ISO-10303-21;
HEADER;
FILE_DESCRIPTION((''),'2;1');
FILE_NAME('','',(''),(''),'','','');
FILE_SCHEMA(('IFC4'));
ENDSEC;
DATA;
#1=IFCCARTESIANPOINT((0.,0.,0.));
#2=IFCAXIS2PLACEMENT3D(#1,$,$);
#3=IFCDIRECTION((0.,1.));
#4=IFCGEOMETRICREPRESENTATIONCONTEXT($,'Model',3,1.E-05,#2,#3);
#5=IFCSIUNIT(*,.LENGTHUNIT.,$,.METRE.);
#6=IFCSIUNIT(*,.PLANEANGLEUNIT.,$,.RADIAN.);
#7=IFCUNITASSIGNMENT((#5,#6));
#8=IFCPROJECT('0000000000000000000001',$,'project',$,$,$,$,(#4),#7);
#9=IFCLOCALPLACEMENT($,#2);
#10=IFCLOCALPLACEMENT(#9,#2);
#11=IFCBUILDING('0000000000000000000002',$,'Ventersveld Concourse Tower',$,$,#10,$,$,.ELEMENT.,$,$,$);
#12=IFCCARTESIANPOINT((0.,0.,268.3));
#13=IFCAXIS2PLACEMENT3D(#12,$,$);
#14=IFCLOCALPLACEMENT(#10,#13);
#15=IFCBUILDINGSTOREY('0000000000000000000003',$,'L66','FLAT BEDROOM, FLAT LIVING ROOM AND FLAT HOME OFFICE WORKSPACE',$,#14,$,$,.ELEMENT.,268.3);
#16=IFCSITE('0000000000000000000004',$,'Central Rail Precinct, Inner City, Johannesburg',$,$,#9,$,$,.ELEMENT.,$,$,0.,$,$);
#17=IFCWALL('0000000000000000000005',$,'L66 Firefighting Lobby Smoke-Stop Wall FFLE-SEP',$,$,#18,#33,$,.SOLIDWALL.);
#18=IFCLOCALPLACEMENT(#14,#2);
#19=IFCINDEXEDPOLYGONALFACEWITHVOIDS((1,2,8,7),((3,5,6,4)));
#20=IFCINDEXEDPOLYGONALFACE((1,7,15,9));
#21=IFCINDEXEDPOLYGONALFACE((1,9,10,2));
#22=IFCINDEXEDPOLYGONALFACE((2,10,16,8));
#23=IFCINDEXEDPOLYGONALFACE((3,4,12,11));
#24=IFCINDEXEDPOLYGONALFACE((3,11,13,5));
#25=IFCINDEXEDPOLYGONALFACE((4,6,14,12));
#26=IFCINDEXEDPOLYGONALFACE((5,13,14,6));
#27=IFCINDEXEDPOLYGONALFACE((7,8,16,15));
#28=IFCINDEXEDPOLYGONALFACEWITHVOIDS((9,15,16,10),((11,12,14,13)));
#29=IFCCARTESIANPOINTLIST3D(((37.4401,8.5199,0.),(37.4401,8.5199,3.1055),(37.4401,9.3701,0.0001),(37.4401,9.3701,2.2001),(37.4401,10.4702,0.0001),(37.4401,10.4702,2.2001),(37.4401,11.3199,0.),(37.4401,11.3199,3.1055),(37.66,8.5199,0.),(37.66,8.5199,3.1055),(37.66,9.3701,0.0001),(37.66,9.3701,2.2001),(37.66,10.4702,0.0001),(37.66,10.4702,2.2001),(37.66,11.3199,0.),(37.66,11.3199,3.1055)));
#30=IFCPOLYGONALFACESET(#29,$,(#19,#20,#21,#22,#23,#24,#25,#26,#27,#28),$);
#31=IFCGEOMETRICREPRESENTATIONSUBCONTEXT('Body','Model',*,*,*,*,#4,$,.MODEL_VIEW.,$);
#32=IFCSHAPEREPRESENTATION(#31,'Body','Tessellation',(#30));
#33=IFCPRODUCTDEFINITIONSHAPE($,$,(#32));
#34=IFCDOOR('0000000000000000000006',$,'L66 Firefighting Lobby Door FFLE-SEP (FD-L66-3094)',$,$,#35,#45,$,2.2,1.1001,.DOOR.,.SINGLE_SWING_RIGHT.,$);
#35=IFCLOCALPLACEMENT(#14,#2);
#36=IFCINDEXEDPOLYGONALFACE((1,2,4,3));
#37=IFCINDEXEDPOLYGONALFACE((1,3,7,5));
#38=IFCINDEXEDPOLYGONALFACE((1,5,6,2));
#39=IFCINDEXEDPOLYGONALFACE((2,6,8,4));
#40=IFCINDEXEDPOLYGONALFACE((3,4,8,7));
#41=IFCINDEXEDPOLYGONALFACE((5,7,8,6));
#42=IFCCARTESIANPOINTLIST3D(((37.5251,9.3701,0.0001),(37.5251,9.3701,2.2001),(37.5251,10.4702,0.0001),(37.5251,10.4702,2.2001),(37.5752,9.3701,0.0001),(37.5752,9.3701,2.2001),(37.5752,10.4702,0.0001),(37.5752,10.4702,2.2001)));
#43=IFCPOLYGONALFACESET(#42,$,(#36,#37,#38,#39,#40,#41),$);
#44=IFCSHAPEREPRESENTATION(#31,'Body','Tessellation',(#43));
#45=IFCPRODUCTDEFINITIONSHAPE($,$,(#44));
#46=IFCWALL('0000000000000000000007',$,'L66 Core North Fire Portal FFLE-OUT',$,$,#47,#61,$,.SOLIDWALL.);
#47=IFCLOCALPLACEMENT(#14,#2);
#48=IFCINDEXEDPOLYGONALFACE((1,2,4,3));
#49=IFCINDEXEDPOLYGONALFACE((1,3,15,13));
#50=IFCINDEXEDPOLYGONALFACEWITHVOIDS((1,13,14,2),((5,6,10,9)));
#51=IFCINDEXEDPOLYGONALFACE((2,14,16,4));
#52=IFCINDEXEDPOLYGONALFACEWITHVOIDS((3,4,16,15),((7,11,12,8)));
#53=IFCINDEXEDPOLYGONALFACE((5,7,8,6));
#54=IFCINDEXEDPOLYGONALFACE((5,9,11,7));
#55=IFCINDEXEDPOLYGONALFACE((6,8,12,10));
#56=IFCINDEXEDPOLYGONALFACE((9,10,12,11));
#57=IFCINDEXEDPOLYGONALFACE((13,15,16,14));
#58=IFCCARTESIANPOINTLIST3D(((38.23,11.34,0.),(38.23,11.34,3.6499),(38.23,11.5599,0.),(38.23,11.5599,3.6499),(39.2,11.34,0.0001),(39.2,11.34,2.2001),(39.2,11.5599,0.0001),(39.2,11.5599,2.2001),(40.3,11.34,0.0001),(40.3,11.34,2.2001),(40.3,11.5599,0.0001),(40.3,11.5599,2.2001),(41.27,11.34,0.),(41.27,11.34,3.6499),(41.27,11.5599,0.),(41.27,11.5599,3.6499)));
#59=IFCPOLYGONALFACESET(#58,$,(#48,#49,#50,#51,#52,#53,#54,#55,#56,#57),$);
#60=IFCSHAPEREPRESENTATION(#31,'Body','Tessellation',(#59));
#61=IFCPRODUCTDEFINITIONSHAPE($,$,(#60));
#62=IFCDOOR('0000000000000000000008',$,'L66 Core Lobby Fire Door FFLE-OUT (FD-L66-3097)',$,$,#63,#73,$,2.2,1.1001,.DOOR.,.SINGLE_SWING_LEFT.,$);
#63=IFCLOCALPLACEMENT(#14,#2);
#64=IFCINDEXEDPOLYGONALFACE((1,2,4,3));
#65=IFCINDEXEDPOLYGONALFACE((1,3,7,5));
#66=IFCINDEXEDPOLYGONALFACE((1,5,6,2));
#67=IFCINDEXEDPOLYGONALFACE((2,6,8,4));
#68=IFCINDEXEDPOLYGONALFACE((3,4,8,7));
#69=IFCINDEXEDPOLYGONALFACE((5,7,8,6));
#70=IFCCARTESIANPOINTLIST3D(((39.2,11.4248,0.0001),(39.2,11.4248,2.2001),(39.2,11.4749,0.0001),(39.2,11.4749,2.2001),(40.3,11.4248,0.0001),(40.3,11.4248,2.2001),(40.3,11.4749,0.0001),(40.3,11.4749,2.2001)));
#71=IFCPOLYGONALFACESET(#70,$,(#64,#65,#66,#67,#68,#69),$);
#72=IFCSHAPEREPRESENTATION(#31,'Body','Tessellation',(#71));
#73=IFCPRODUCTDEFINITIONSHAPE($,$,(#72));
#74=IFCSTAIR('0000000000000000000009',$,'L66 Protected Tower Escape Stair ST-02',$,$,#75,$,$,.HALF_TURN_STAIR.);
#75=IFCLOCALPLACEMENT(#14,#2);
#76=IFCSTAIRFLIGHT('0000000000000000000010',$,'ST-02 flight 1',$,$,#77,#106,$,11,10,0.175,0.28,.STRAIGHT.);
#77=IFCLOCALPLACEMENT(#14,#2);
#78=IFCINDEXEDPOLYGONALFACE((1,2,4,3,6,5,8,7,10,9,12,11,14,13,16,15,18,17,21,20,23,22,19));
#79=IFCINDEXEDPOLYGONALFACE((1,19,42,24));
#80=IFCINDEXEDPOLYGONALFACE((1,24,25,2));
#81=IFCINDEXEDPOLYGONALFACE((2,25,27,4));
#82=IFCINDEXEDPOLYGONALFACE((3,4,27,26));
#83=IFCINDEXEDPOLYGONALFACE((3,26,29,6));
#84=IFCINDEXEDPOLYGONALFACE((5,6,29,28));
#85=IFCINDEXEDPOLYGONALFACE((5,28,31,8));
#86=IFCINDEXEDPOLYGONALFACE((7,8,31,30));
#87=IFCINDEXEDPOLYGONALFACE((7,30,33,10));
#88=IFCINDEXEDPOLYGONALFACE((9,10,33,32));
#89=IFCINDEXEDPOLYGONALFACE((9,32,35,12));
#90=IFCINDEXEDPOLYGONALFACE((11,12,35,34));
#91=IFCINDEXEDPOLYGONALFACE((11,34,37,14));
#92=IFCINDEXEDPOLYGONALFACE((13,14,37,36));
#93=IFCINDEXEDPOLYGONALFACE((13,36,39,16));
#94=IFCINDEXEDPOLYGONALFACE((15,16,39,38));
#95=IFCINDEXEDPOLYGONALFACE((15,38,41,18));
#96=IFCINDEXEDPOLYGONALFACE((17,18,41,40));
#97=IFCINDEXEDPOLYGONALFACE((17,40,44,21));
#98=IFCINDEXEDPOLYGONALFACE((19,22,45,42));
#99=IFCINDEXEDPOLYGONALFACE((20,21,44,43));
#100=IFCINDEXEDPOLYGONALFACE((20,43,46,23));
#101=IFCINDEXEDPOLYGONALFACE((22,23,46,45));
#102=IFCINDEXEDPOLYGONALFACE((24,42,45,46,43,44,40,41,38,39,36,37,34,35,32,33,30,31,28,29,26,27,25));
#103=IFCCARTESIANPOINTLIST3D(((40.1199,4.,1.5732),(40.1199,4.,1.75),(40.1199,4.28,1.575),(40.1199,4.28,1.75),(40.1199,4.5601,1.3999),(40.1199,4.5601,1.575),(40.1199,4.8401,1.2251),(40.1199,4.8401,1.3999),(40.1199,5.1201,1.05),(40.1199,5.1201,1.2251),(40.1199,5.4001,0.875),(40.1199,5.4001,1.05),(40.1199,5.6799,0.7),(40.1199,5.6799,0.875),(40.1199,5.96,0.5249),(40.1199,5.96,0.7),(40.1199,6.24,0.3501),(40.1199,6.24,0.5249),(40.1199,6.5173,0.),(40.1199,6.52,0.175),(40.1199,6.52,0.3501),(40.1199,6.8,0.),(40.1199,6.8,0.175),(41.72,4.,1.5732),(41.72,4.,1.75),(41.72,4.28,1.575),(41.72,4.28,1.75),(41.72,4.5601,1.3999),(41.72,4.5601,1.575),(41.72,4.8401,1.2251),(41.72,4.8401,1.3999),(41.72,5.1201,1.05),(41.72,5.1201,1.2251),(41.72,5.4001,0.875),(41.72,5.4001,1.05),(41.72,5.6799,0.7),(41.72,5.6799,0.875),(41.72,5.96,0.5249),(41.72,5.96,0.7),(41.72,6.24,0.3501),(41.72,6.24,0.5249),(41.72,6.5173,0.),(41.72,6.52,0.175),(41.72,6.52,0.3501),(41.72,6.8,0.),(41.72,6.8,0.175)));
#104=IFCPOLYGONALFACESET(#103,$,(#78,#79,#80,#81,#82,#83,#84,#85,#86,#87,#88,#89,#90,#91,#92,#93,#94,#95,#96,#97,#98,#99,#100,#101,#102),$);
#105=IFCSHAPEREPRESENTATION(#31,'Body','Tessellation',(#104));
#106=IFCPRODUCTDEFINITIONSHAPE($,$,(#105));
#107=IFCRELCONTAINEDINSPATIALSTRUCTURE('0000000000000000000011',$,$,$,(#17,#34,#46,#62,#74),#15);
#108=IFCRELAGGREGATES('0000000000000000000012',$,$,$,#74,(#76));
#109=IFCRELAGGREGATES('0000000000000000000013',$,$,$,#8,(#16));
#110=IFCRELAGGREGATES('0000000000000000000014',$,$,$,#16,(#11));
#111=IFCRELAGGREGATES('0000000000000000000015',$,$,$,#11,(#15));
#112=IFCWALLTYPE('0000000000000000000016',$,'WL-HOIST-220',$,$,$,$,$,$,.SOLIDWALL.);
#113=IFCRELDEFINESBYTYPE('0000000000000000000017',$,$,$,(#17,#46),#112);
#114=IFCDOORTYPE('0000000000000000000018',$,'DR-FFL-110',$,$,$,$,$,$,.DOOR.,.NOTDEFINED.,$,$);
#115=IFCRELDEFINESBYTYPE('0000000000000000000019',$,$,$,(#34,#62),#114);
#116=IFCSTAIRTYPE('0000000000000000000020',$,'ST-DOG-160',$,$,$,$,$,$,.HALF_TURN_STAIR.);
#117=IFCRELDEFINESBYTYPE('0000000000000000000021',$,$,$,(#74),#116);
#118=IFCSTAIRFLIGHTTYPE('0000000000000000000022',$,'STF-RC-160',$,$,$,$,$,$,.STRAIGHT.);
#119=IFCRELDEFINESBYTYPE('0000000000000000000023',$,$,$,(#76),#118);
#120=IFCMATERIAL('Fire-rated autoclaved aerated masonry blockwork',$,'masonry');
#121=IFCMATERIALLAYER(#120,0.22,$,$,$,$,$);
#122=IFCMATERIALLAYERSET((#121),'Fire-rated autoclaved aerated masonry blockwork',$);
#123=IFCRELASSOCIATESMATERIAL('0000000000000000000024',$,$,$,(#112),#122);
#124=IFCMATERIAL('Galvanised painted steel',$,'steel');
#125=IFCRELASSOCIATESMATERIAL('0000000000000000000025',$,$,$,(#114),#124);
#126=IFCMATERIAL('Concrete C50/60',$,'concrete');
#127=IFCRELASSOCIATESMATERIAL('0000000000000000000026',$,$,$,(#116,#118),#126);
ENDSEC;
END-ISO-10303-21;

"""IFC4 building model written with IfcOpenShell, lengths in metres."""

from ifc_helpers import new_model, si_unit, direction, frame, frame_2d, origin, place, context, subcontext, project, spatial, polyline, rectangle, outline, extrude, material, layer, layer_set, type_object, element, fill, aggregate, save


model = new_model("IFC4")

# Units and contexts
model_context = context("Model", 3, precision=1e-05, world=origin(), true_north=direction((0.0, 1.0)))
body_context = subcontext(model_context, "Body", "Model", "MODEL_VIEW")
ifc_project = project(units=[si_unit("LENGTHUNIT", "METRE"), si_unit("PLANEANGLEUNIT", "RADIAN")], contexts=[model_context])

# Site, building, storey
site_placement = place(None, origin())
site = spatial("IfcSite", under=ifc_project, at=site_placement, Name="Central Rail Precinct, Inner City, Johannesburg", CompositionType="ELEMENT", RefElevation=0.0)
building_placement = place(site_placement, origin())
building = spatial("IfcBuilding", under=site, at=building_placement, Name="Ventersveld Concourse Tower", CompositionType="ELEMENT")
storey_placement = place(building_placement, frame((0.0, 0.0, 268.3)))
storey = spatial("IfcBuildingStorey", under=building, at=storey_placement, Name="L66", Description="FLAT BEDROOM, FLAT LIVING ROOM AND FLAT HOME OFFICE WORKSPACE", CompositionType="ELEMENT", Elevation=268.3)

# Shared definitions
ifc_material_1 = material(Name="Concrete C50/60", Category="concrete")

# Shared definitions
ifc_material_2 = material(Name="Fire-rated autoclaved aerated masonry blockwork", Category="masonry")
ifc_layer_1 = layer(ifc_material_2, 0.22)
ifc_layer_set_1 = layer_set([ifc_layer_1], Name="Fire-rated autoclaved aerated masonry blockwork")
wall_type_1 = type_object("IfcWallType", Name="WL-HOIST-220", PredefinedType="SOLIDWALL", material=ifc_layer_set_1)

# Walls, openings, doors
ifc_material_3 = material(Name="Galvanised painted steel", Category="steel")
wall_1_placement = place(storey_placement, frame((37.55, 8.52, 0.0), z_axis=(0.0, 0.0, 1.0), x_axis=(0.0, 1.0, 0.0)))
wall_1 = element("IfcWall", 1, at=wall_1_placement, inside=storey, type_object=wall_type_1, Name="L66 Firefighting Lobby Smoke-Stop Wall FFLE-SEP", PredefinedType="SOLIDWALL", context=body_context, shape_type="SweptSolid", body=[
    extrude(rectangle(XDim=2.8, YDim=0.22, at=frame_2d((1.3999, 0.0))), origin(), (0.0, 0.0, 1.0), 3.1055),
])
opening_1_placement = place(wall_1_placement, frame((0.8501, 0.0, 0.0)))
opening_1 = element("IfcOpeningElement", 2, at=opening_1_placement, cuts=wall_1, PredefinedType="OPENING", context=body_context, shape_type="SweptSolid", body=[
    extrude(rectangle(XDim=1.1001, YDim=2.2, at=frame_2d((0.55, 1.1001))), frame((0.0, 0.1201, 0.0), z_axis=(0.0, -1.0, 0.0), x_axis=(1.0, 0.0, 0.0)), (0.0, 0.0, 1.0), 0.24),
])
door_type_1 = type_object("IfcDoorType", Name="DR-FFL-110", OperationType="NOTDEFINED", PredefinedType="DOOR", material=ifc_material_3)
door_1_placement = place(opening_1_placement, origin())
door_1 = element("IfcDoor", 3, at=door_1_placement, inside=storey, type_object=door_type_1, Name="L66 Firefighting Lobby Door FFLE-SEP (FD-L66-3094)", OperationType="SINGLE_SWING_RIGHT", OverallHeight=2.2, OverallWidth=1.1001, PredefinedType="DOOR", context=body_context, shape_type="SweptSolid", body=[
    extrude(rectangle(XDim=1.1001, YDim=2.2, at=frame_2d((0.55, 1.1001))), frame((0.0, 0.0249, 0.0), z_axis=(0.0, -1.0, 0.0), x_axis=(1.0, 0.0, 0.0)), (0.0, 0.0, 1.0), 0.05),
])
fill(opening_1, door_1)
wall_2_placement = place(storey_placement, frame((38.23, 11.45, 0.0), z_axis=(0.0, 0.0, 1.0), x_axis=(1.0, 0.0, 0.0)))
wall_2 = element("IfcWall", 4, at=wall_2_placement, inside=storey, type_object=wall_type_1, Name="L66 Core North Fire Portal FFLE-OUT", PredefinedType="SOLIDWALL", context=body_context, shape_type="SweptSolid", body=[
    extrude(rectangle(XDim=3.04, YDim=0.22, at=frame_2d((1.52, 0.0))), origin(), (0.0, 0.0, 1.0), 3.6499),
])
opening_2_placement = place(wall_2_placement, frame((0.97, 0.0, 0.0)))
opening_2 = element("IfcOpeningElement", 5, at=opening_2_placement, cuts=wall_2, PredefinedType="OPENING", context=body_context, shape_type="SweptSolid", body=[
    extrude(rectangle(XDim=1.1001, YDim=2.2, at=frame_2d((0.55, 1.1001))), frame((0.0, 0.1201, 0.0), z_axis=(0.0, -1.0, 0.0), x_axis=(1.0, 0.0, 0.0)), (0.0, 0.0, 1.0), 0.24),
])
door_2_placement = place(opening_2_placement, origin())
door_2 = element("IfcDoor", 6, at=door_2_placement, inside=storey, type_object=door_type_1, Name="L66 Core Lobby Fire Door FFLE-OUT (FD-L66-3097)", OperationType="SINGLE_SWING_LEFT", OverallHeight=2.2, OverallWidth=1.1001, PredefinedType="DOOR", context=body_context, shape_type="SweptSolid", body=[
    extrude(rectangle(XDim=1.1001, YDim=2.2, at=frame_2d((0.55, 1.1001))), frame((0.0, 0.0249, 0.0), z_axis=(0.0, -1.0, 0.0), x_axis=(1.0, 0.0, 0.0)), (0.0, 0.0, 1.0), 0.05),
])
fill(opening_2, door_2)

# Stair, stair flight
stair_type = type_object("IfcStairType", Name="ST-DOG-160", PredefinedType="HALF_TURN_STAIR", material=ifc_material_1)
stair_placement = place(storey_placement, origin())
stair = element("IfcStair", 7, at=stair_placement, inside=storey, type_object=stair_type, Name="L66 Protected Tower Escape Stair ST-02", PredefinedType="HALF_TURN_STAIR")
stair_flight_type = type_object("IfcStairFlightType", Name="STF-RC-160", PredefinedType="STRAIGHT", material=ifc_material_1)
stair_flight_placement = place(storey_placement, frame((40.9199, 6.8, 0.0), z_axis=(0.0, 0.0, 1.0), x_axis=(0.0, -1.0, 0.0)))
stair_flight = element("IfcStairFlight", 8, at=stair_flight_placement, type_object=stair_flight_type, Name="ST-02 flight 1", NumberOfRisers=11, NumberOfTreads=10, PredefinedType="STRAIGHT", RiserHeight=0.175, TreadLength=0.28, context=body_context, shape_type="SweptSolid", body=[
    extrude(outline(polyline([(0.0, 0.0), (0.0, 0.175), (0.28, 0.175), (0.28, 0.3501), (0.5601, 0.3501), (0.5601, 0.5249), (0.8401, 0.5249), (0.8401, 0.7), (1.1201, 0.7), (1.1201, 0.875), (1.3999, 0.875), (1.3999, 1.05), (1.6799, 1.05), (1.6799, 1.2251), (1.96, 1.2251), (1.96, 1.3999), (2.24, 1.3999), (2.24, 1.575), (2.52, 1.575), (2.52, 1.75), (2.8, 1.75), (2.8, 1.925), (2.8, 1.5732), (0.2827, 0.0), (0.0, 0.0)])), frame((0.0, 0.8, 0.0), z_axis=(0.0, -1.0, 0.0), x_axis=(1.0, 0.0, 0.0)), (0.0, 0.0, 1.0), 1.6001),
])
aggregate(stair, [stair_flight])

save(model, "model.ifc")
